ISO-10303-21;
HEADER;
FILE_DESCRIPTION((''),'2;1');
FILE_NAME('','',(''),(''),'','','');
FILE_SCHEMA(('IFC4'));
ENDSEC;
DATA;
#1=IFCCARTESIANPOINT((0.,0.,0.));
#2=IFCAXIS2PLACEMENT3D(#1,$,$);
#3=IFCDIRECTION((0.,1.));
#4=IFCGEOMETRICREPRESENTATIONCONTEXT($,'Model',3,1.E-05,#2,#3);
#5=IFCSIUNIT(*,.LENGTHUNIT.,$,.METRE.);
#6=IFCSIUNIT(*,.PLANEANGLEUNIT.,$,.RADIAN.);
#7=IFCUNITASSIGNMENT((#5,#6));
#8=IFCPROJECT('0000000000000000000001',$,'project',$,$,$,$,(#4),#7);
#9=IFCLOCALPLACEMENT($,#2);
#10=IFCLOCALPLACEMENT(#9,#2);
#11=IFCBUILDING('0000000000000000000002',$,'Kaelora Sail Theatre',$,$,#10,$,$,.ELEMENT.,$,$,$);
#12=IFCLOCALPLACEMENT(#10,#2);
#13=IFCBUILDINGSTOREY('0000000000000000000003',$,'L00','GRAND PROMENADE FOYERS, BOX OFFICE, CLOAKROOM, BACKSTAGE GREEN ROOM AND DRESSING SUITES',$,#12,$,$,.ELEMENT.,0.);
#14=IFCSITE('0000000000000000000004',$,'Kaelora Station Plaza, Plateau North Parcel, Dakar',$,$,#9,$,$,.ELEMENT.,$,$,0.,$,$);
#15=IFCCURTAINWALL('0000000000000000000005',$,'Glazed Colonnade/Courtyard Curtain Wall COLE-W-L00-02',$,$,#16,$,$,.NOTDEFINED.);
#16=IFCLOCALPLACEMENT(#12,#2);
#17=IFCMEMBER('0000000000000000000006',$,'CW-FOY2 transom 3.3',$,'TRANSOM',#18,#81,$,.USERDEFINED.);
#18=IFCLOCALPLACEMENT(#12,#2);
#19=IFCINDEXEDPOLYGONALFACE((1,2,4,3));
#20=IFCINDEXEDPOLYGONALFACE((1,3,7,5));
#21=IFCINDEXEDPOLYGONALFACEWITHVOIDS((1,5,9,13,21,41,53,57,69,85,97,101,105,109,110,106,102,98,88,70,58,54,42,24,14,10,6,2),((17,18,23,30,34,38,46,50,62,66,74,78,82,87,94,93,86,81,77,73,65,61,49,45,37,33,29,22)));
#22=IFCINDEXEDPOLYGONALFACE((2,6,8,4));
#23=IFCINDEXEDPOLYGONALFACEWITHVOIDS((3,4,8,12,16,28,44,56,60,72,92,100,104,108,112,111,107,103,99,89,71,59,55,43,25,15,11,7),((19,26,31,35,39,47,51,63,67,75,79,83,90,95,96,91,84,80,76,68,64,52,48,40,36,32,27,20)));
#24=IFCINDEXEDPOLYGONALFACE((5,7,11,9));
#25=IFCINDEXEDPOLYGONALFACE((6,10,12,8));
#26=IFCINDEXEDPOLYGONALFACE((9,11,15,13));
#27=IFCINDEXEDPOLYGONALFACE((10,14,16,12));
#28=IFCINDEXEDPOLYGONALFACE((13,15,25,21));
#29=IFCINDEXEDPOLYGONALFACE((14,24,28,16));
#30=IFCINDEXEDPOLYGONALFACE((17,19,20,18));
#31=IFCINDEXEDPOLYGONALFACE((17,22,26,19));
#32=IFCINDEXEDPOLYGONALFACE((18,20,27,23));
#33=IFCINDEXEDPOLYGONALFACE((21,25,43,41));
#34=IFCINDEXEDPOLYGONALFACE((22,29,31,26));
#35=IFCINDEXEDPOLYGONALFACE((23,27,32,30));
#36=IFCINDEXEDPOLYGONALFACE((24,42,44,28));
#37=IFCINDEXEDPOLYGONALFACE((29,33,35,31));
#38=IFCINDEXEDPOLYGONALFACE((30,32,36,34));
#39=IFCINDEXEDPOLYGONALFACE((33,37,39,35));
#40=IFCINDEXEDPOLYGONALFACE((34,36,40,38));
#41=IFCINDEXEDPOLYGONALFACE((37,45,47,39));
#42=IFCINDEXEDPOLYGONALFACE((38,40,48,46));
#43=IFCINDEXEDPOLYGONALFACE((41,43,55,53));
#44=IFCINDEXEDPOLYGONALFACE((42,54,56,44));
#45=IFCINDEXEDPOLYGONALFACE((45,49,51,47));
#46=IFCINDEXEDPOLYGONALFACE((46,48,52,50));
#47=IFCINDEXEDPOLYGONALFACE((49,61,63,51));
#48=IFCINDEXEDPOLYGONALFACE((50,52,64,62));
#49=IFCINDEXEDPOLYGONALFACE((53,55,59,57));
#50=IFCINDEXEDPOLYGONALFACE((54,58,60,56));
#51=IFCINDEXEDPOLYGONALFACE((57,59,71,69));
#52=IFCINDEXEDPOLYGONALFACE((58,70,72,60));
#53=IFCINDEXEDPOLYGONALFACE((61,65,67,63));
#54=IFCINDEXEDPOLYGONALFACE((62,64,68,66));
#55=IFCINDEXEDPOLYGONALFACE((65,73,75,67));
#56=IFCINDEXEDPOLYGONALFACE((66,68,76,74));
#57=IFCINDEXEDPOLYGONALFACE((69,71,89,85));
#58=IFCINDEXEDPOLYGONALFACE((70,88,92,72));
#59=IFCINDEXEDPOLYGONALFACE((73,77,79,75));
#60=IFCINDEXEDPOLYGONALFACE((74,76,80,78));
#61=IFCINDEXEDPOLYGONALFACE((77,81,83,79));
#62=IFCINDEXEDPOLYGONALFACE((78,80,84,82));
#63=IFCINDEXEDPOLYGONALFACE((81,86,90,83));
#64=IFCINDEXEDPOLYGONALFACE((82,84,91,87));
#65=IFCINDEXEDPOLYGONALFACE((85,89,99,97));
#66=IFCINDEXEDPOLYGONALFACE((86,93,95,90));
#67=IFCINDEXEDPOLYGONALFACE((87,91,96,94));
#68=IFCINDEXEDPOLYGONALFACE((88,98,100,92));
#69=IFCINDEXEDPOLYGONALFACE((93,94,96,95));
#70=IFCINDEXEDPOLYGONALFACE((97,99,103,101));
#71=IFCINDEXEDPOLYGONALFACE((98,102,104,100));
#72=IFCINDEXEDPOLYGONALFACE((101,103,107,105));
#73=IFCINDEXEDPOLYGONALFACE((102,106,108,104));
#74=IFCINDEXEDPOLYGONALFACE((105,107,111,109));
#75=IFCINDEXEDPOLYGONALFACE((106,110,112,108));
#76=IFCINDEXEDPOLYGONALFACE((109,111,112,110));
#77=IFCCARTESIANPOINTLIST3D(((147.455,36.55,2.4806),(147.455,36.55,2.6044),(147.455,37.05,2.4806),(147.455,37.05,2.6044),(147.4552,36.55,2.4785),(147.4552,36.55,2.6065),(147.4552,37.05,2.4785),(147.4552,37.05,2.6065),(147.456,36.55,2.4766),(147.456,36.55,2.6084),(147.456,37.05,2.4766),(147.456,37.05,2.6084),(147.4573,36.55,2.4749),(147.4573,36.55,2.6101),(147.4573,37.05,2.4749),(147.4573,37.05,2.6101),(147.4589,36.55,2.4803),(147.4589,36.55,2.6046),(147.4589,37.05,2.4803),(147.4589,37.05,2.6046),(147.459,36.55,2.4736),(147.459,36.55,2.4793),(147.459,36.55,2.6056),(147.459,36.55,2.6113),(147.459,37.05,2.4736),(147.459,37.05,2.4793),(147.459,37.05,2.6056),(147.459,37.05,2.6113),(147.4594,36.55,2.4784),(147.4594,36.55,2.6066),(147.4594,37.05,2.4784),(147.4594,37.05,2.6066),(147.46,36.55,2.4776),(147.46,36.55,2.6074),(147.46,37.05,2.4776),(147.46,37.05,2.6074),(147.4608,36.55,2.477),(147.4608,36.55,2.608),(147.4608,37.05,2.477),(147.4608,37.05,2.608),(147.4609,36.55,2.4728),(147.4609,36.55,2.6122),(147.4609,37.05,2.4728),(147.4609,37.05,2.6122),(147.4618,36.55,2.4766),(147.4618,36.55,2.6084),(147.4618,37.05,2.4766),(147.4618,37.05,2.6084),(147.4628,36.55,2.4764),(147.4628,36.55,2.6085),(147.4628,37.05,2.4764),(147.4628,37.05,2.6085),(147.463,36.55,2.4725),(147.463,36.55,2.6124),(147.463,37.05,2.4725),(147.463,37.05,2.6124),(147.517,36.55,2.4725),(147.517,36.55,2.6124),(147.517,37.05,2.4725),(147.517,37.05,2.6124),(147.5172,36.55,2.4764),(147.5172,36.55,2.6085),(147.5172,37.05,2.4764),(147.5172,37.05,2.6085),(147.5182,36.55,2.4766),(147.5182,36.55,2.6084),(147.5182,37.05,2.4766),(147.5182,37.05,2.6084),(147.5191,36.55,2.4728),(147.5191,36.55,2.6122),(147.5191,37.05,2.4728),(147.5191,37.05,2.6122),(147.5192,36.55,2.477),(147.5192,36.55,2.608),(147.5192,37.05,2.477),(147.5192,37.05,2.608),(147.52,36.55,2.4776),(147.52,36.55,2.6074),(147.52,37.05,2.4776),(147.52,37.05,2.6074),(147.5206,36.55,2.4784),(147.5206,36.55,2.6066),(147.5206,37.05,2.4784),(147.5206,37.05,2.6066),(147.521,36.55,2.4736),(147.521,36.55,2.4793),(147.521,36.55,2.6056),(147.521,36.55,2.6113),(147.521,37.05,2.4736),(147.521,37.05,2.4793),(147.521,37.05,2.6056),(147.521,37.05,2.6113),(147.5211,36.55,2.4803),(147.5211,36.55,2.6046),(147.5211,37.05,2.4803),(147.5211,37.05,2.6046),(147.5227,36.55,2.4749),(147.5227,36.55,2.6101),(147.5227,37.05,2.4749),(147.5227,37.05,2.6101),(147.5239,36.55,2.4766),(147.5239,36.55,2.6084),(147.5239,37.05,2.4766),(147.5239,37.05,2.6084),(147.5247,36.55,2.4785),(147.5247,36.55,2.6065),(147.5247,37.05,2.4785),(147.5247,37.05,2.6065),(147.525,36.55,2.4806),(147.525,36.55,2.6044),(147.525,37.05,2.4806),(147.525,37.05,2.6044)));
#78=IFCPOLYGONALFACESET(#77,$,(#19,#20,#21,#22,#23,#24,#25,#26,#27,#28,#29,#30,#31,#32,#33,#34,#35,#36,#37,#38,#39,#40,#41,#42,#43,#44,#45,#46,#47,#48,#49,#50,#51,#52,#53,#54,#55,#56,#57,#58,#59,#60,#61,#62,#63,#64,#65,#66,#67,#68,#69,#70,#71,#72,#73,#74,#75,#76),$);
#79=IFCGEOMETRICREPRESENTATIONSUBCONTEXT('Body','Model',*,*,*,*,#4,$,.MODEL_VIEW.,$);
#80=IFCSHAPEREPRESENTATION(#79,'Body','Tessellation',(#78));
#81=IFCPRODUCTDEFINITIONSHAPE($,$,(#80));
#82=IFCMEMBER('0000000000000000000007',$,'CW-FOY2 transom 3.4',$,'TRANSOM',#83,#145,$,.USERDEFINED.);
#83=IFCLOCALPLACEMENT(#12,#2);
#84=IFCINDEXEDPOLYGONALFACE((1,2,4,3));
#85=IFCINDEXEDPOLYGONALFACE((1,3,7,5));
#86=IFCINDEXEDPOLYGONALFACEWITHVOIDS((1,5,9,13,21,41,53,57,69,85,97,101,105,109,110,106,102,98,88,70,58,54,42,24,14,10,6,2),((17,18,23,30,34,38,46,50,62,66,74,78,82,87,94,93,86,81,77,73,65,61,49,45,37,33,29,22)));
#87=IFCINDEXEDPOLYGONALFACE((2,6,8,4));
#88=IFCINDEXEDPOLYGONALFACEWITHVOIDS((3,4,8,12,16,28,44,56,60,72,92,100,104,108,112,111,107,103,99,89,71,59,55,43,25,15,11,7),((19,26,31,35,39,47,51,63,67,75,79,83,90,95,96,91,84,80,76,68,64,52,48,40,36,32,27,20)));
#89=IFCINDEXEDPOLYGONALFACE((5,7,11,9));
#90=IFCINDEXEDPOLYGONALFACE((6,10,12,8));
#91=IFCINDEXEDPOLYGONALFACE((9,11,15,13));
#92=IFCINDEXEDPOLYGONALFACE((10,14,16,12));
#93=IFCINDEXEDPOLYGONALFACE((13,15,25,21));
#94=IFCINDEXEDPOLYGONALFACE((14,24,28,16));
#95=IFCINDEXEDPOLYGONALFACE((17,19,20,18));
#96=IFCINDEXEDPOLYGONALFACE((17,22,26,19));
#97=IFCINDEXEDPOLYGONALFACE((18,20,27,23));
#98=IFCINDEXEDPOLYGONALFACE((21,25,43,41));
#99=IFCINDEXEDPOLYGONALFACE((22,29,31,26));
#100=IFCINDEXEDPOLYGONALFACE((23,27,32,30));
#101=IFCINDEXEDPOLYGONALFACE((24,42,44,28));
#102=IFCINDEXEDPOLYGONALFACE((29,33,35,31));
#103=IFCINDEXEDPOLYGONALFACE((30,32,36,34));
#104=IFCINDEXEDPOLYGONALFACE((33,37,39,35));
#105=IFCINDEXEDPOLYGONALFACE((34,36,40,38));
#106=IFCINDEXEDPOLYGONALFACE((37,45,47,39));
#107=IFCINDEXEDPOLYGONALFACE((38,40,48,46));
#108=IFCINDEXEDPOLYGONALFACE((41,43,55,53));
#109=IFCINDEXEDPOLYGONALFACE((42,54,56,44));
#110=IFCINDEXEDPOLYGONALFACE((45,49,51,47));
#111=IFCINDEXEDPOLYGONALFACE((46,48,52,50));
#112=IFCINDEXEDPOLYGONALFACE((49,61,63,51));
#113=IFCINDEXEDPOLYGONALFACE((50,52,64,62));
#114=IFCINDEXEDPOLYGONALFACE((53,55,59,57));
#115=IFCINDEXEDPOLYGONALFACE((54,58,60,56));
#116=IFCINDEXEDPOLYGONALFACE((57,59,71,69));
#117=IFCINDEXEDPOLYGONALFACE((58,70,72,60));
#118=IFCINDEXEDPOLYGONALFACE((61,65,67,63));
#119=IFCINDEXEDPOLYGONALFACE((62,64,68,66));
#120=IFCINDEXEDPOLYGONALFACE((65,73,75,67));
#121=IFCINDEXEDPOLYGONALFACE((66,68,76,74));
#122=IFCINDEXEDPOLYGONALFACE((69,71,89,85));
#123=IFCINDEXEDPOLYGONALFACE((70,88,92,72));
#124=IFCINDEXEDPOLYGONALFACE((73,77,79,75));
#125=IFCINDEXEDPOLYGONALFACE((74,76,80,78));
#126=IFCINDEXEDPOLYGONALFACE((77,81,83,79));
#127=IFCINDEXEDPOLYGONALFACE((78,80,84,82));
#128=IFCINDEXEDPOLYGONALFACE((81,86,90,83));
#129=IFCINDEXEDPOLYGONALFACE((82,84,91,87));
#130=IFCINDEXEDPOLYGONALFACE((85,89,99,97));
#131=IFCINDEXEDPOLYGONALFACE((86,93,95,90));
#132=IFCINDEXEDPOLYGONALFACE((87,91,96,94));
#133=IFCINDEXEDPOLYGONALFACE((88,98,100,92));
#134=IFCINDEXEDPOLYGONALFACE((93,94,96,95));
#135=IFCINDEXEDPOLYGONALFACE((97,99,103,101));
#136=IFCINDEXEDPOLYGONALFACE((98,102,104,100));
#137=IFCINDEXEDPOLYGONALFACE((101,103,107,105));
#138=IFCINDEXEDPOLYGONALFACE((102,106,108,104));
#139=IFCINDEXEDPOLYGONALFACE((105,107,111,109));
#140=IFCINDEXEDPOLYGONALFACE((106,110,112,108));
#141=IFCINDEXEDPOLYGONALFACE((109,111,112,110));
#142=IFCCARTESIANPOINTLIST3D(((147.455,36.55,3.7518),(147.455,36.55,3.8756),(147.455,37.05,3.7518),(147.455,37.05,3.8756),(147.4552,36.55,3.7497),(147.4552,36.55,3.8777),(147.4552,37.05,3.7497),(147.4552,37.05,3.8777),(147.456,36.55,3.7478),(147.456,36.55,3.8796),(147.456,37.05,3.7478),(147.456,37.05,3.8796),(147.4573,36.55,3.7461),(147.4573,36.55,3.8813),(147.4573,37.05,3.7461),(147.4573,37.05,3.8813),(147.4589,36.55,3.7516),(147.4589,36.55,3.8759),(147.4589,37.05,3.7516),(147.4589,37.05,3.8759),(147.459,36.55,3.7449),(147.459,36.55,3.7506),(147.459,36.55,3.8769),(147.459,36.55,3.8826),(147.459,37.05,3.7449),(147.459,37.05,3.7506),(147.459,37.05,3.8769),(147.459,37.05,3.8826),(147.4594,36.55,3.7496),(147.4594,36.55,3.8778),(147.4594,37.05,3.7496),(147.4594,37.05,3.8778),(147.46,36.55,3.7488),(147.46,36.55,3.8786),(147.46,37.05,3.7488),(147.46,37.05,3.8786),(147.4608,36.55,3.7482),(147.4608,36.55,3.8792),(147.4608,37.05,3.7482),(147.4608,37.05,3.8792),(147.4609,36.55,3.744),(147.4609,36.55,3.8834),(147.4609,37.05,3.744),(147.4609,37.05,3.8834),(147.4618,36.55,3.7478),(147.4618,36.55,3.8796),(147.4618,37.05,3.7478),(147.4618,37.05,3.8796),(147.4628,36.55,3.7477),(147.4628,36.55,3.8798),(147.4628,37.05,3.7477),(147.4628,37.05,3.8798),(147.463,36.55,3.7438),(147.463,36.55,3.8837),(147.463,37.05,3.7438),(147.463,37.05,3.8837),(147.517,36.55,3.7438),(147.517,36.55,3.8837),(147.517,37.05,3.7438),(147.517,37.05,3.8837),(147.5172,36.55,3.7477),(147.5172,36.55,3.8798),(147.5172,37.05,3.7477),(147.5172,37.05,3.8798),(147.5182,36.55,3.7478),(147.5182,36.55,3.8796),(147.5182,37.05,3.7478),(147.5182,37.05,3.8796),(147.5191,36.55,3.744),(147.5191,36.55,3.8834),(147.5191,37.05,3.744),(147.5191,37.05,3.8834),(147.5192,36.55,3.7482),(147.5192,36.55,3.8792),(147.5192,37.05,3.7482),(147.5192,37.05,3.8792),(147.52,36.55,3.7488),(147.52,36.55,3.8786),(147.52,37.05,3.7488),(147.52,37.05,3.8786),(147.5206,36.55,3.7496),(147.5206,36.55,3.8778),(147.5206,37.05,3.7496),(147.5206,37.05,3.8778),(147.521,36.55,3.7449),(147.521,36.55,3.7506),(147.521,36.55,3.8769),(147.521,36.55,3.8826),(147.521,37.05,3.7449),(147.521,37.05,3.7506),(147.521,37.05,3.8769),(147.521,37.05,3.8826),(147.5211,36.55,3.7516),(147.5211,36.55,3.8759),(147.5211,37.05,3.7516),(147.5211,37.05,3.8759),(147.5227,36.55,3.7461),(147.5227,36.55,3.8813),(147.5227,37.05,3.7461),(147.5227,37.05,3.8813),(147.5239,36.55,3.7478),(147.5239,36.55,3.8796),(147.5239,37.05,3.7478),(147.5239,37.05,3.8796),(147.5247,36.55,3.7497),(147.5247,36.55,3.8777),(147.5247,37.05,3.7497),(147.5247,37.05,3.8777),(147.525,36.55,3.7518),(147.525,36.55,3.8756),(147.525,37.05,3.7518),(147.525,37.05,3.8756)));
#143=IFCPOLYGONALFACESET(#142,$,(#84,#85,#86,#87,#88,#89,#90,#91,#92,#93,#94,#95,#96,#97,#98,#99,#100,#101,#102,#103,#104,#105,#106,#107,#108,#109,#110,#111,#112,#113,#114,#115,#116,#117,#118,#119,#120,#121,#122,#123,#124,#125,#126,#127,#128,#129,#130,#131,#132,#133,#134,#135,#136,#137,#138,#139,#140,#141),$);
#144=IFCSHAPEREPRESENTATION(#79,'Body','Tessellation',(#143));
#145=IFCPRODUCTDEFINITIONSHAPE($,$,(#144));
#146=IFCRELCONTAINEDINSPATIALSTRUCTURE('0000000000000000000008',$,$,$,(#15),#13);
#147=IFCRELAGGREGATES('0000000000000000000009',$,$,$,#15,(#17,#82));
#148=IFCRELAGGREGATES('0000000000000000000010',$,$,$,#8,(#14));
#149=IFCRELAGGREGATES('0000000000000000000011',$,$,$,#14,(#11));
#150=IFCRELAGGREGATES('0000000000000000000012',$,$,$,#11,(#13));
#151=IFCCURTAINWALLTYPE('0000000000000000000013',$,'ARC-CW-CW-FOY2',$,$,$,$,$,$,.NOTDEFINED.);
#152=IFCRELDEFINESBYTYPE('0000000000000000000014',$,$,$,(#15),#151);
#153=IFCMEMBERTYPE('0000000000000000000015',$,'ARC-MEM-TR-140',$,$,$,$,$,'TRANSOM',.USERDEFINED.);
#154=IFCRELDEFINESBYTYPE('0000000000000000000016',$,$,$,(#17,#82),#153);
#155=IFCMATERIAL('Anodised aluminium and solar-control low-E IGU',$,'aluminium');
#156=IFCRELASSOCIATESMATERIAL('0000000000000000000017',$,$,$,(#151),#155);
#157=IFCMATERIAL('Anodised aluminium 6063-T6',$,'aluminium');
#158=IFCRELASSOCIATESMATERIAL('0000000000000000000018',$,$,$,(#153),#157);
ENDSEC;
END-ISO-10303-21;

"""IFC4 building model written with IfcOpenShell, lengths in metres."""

from ifc_helpers import new_model, si_unit, direction, frame, origin, origin_2d, place, context, subcontext, project, spatial, hollow_rectangle, extrude, material, material_profile, profile_set, type_object, element, aggregate, save


model = new_model("IFC4")

# Units and contexts
model_context = context("Model", 3, precision=1e-05, world=origin(), true_north=direction((0.0, 1.0)))
body_context = subcontext(model_context, "Body", "Model", "MODEL_VIEW")
ifc_project = project(units=[si_unit("LENGTHUNIT", "METRE"), si_unit("PLANEANGLEUNIT", "RADIAN")], contexts=[model_context])

# Site, building, storey
site_placement = place(None, origin())
site = spatial("IfcSite", under=ifc_project, at=site_placement, Name="Kaelora Station Plaza, Plateau North Parcel, Dakar", CompositionType="ELEMENT", RefElevation=0.0)
building_placement = place(site_placement, origin())
building = spatial("IfcBuilding", under=site, at=building_placement, Name="Kaelora Sail Theatre", CompositionType="ELEMENT")
storey_placement = place(building_placement, origin())
storey = spatial("IfcBuildingStorey", under=building, at=storey_placement, Name="L00", Description="GRAND PROMENADE FOYERS, BOX OFFICE, CLOAKROOM, BACKSTAGE GREEN ROOM AND DRESSING SUITES", CompositionType="ELEMENT", Elevation=0.0)

# Curtain wall, members
ifc_material_1 = material(Name="Anodised aluminium and solar-control low-E IGU", Category="aluminium")
curtain_wall_type = type_object("IfcCurtainWallType", Name="ARC-CW-CW-FOY2", PredefinedType="NOTDEFINED", material=ifc_material_1)
curtain_wall_placement = place(storey_placement, origin())
curtain_wall = element("IfcCurtainWall", 1, at=curtain_wall_placement, inside=storey, type_object=curtain_wall_type, Name="Glazed Colonnade/Courtyard Curtain Wall COLE-W-L00-02", PredefinedType="NOTDEFINED")
ifc_material_2 = material(Name="Anodised aluminium 6063-T6", Category="aluminium")
ifc_material_profile_1 = material_profile(ifc_material_2, hollow_rectangle(XDim=0.0701, YDim=0.1399, WallThickness=0.0039, InnerFilletRadius=0.0039, OuterFilletRadius=0.0081, at=origin_2d()), Name="ALU-TRAN 70x140x4")
ifc_profile_set_1 = profile_set([ifc_material_profile_1], Name="Anodised aluminium 6063-T6")
member_type_1 = type_object("IfcMemberType", Name="ARC-MEM-TR-140", ElementType="TRANSOM", PredefinedType="USERDEFINED", material=ifc_profile_set_1)
member_1_placement = place(storey_placement, frame((147.49, 36.55, 2.5425), z_axis=(0.0, 1.0, 0.0), x_axis=(-1.0, 0.0, 0.0)))
member_1 = element("IfcMember", 2, at=member_1_placement, type_object=member_type_1, Name="CW-FOY2 transom 3.3", ObjectType="TRANSOM", PredefinedType="USERDEFINED", context=body_context, shape_type="SweptSolid", body=[
    extrude(hollow_rectangle(XDim=0.0701, YDim=0.1399, WallThickness=0.0039, InnerFilletRadius=0.0039, OuterFilletRadius=0.0081, at=origin_2d()), origin(), (0.0, 0.0, 1.0), 0.5),
])
member_2_placement = place(storey_placement, frame((147.49, 36.55, 3.8137), z_axis=(0.0, 1.0, 0.0), x_axis=(-1.0, 0.0, 0.0)))
member_2 = element("IfcMember", 3, at=member_2_placement, type_object=member_type_1, Name="CW-FOY2 transom 3.4", ObjectType="TRANSOM", PredefinedType="USERDEFINED", context=body_context, shape_type="SweptSolid", body=[
    extrude(hollow_rectangle(XDim=0.0701, YDim=0.1399, WallThickness=0.0039, InnerFilletRadius=0.0039, OuterFilletRadius=0.0081, at=origin_2d()), origin(), (0.0, 0.0, 1.0), 0.5),
])
aggregate(curtain_wall, [member_1, member_2])

save(model, "model.ifc")
